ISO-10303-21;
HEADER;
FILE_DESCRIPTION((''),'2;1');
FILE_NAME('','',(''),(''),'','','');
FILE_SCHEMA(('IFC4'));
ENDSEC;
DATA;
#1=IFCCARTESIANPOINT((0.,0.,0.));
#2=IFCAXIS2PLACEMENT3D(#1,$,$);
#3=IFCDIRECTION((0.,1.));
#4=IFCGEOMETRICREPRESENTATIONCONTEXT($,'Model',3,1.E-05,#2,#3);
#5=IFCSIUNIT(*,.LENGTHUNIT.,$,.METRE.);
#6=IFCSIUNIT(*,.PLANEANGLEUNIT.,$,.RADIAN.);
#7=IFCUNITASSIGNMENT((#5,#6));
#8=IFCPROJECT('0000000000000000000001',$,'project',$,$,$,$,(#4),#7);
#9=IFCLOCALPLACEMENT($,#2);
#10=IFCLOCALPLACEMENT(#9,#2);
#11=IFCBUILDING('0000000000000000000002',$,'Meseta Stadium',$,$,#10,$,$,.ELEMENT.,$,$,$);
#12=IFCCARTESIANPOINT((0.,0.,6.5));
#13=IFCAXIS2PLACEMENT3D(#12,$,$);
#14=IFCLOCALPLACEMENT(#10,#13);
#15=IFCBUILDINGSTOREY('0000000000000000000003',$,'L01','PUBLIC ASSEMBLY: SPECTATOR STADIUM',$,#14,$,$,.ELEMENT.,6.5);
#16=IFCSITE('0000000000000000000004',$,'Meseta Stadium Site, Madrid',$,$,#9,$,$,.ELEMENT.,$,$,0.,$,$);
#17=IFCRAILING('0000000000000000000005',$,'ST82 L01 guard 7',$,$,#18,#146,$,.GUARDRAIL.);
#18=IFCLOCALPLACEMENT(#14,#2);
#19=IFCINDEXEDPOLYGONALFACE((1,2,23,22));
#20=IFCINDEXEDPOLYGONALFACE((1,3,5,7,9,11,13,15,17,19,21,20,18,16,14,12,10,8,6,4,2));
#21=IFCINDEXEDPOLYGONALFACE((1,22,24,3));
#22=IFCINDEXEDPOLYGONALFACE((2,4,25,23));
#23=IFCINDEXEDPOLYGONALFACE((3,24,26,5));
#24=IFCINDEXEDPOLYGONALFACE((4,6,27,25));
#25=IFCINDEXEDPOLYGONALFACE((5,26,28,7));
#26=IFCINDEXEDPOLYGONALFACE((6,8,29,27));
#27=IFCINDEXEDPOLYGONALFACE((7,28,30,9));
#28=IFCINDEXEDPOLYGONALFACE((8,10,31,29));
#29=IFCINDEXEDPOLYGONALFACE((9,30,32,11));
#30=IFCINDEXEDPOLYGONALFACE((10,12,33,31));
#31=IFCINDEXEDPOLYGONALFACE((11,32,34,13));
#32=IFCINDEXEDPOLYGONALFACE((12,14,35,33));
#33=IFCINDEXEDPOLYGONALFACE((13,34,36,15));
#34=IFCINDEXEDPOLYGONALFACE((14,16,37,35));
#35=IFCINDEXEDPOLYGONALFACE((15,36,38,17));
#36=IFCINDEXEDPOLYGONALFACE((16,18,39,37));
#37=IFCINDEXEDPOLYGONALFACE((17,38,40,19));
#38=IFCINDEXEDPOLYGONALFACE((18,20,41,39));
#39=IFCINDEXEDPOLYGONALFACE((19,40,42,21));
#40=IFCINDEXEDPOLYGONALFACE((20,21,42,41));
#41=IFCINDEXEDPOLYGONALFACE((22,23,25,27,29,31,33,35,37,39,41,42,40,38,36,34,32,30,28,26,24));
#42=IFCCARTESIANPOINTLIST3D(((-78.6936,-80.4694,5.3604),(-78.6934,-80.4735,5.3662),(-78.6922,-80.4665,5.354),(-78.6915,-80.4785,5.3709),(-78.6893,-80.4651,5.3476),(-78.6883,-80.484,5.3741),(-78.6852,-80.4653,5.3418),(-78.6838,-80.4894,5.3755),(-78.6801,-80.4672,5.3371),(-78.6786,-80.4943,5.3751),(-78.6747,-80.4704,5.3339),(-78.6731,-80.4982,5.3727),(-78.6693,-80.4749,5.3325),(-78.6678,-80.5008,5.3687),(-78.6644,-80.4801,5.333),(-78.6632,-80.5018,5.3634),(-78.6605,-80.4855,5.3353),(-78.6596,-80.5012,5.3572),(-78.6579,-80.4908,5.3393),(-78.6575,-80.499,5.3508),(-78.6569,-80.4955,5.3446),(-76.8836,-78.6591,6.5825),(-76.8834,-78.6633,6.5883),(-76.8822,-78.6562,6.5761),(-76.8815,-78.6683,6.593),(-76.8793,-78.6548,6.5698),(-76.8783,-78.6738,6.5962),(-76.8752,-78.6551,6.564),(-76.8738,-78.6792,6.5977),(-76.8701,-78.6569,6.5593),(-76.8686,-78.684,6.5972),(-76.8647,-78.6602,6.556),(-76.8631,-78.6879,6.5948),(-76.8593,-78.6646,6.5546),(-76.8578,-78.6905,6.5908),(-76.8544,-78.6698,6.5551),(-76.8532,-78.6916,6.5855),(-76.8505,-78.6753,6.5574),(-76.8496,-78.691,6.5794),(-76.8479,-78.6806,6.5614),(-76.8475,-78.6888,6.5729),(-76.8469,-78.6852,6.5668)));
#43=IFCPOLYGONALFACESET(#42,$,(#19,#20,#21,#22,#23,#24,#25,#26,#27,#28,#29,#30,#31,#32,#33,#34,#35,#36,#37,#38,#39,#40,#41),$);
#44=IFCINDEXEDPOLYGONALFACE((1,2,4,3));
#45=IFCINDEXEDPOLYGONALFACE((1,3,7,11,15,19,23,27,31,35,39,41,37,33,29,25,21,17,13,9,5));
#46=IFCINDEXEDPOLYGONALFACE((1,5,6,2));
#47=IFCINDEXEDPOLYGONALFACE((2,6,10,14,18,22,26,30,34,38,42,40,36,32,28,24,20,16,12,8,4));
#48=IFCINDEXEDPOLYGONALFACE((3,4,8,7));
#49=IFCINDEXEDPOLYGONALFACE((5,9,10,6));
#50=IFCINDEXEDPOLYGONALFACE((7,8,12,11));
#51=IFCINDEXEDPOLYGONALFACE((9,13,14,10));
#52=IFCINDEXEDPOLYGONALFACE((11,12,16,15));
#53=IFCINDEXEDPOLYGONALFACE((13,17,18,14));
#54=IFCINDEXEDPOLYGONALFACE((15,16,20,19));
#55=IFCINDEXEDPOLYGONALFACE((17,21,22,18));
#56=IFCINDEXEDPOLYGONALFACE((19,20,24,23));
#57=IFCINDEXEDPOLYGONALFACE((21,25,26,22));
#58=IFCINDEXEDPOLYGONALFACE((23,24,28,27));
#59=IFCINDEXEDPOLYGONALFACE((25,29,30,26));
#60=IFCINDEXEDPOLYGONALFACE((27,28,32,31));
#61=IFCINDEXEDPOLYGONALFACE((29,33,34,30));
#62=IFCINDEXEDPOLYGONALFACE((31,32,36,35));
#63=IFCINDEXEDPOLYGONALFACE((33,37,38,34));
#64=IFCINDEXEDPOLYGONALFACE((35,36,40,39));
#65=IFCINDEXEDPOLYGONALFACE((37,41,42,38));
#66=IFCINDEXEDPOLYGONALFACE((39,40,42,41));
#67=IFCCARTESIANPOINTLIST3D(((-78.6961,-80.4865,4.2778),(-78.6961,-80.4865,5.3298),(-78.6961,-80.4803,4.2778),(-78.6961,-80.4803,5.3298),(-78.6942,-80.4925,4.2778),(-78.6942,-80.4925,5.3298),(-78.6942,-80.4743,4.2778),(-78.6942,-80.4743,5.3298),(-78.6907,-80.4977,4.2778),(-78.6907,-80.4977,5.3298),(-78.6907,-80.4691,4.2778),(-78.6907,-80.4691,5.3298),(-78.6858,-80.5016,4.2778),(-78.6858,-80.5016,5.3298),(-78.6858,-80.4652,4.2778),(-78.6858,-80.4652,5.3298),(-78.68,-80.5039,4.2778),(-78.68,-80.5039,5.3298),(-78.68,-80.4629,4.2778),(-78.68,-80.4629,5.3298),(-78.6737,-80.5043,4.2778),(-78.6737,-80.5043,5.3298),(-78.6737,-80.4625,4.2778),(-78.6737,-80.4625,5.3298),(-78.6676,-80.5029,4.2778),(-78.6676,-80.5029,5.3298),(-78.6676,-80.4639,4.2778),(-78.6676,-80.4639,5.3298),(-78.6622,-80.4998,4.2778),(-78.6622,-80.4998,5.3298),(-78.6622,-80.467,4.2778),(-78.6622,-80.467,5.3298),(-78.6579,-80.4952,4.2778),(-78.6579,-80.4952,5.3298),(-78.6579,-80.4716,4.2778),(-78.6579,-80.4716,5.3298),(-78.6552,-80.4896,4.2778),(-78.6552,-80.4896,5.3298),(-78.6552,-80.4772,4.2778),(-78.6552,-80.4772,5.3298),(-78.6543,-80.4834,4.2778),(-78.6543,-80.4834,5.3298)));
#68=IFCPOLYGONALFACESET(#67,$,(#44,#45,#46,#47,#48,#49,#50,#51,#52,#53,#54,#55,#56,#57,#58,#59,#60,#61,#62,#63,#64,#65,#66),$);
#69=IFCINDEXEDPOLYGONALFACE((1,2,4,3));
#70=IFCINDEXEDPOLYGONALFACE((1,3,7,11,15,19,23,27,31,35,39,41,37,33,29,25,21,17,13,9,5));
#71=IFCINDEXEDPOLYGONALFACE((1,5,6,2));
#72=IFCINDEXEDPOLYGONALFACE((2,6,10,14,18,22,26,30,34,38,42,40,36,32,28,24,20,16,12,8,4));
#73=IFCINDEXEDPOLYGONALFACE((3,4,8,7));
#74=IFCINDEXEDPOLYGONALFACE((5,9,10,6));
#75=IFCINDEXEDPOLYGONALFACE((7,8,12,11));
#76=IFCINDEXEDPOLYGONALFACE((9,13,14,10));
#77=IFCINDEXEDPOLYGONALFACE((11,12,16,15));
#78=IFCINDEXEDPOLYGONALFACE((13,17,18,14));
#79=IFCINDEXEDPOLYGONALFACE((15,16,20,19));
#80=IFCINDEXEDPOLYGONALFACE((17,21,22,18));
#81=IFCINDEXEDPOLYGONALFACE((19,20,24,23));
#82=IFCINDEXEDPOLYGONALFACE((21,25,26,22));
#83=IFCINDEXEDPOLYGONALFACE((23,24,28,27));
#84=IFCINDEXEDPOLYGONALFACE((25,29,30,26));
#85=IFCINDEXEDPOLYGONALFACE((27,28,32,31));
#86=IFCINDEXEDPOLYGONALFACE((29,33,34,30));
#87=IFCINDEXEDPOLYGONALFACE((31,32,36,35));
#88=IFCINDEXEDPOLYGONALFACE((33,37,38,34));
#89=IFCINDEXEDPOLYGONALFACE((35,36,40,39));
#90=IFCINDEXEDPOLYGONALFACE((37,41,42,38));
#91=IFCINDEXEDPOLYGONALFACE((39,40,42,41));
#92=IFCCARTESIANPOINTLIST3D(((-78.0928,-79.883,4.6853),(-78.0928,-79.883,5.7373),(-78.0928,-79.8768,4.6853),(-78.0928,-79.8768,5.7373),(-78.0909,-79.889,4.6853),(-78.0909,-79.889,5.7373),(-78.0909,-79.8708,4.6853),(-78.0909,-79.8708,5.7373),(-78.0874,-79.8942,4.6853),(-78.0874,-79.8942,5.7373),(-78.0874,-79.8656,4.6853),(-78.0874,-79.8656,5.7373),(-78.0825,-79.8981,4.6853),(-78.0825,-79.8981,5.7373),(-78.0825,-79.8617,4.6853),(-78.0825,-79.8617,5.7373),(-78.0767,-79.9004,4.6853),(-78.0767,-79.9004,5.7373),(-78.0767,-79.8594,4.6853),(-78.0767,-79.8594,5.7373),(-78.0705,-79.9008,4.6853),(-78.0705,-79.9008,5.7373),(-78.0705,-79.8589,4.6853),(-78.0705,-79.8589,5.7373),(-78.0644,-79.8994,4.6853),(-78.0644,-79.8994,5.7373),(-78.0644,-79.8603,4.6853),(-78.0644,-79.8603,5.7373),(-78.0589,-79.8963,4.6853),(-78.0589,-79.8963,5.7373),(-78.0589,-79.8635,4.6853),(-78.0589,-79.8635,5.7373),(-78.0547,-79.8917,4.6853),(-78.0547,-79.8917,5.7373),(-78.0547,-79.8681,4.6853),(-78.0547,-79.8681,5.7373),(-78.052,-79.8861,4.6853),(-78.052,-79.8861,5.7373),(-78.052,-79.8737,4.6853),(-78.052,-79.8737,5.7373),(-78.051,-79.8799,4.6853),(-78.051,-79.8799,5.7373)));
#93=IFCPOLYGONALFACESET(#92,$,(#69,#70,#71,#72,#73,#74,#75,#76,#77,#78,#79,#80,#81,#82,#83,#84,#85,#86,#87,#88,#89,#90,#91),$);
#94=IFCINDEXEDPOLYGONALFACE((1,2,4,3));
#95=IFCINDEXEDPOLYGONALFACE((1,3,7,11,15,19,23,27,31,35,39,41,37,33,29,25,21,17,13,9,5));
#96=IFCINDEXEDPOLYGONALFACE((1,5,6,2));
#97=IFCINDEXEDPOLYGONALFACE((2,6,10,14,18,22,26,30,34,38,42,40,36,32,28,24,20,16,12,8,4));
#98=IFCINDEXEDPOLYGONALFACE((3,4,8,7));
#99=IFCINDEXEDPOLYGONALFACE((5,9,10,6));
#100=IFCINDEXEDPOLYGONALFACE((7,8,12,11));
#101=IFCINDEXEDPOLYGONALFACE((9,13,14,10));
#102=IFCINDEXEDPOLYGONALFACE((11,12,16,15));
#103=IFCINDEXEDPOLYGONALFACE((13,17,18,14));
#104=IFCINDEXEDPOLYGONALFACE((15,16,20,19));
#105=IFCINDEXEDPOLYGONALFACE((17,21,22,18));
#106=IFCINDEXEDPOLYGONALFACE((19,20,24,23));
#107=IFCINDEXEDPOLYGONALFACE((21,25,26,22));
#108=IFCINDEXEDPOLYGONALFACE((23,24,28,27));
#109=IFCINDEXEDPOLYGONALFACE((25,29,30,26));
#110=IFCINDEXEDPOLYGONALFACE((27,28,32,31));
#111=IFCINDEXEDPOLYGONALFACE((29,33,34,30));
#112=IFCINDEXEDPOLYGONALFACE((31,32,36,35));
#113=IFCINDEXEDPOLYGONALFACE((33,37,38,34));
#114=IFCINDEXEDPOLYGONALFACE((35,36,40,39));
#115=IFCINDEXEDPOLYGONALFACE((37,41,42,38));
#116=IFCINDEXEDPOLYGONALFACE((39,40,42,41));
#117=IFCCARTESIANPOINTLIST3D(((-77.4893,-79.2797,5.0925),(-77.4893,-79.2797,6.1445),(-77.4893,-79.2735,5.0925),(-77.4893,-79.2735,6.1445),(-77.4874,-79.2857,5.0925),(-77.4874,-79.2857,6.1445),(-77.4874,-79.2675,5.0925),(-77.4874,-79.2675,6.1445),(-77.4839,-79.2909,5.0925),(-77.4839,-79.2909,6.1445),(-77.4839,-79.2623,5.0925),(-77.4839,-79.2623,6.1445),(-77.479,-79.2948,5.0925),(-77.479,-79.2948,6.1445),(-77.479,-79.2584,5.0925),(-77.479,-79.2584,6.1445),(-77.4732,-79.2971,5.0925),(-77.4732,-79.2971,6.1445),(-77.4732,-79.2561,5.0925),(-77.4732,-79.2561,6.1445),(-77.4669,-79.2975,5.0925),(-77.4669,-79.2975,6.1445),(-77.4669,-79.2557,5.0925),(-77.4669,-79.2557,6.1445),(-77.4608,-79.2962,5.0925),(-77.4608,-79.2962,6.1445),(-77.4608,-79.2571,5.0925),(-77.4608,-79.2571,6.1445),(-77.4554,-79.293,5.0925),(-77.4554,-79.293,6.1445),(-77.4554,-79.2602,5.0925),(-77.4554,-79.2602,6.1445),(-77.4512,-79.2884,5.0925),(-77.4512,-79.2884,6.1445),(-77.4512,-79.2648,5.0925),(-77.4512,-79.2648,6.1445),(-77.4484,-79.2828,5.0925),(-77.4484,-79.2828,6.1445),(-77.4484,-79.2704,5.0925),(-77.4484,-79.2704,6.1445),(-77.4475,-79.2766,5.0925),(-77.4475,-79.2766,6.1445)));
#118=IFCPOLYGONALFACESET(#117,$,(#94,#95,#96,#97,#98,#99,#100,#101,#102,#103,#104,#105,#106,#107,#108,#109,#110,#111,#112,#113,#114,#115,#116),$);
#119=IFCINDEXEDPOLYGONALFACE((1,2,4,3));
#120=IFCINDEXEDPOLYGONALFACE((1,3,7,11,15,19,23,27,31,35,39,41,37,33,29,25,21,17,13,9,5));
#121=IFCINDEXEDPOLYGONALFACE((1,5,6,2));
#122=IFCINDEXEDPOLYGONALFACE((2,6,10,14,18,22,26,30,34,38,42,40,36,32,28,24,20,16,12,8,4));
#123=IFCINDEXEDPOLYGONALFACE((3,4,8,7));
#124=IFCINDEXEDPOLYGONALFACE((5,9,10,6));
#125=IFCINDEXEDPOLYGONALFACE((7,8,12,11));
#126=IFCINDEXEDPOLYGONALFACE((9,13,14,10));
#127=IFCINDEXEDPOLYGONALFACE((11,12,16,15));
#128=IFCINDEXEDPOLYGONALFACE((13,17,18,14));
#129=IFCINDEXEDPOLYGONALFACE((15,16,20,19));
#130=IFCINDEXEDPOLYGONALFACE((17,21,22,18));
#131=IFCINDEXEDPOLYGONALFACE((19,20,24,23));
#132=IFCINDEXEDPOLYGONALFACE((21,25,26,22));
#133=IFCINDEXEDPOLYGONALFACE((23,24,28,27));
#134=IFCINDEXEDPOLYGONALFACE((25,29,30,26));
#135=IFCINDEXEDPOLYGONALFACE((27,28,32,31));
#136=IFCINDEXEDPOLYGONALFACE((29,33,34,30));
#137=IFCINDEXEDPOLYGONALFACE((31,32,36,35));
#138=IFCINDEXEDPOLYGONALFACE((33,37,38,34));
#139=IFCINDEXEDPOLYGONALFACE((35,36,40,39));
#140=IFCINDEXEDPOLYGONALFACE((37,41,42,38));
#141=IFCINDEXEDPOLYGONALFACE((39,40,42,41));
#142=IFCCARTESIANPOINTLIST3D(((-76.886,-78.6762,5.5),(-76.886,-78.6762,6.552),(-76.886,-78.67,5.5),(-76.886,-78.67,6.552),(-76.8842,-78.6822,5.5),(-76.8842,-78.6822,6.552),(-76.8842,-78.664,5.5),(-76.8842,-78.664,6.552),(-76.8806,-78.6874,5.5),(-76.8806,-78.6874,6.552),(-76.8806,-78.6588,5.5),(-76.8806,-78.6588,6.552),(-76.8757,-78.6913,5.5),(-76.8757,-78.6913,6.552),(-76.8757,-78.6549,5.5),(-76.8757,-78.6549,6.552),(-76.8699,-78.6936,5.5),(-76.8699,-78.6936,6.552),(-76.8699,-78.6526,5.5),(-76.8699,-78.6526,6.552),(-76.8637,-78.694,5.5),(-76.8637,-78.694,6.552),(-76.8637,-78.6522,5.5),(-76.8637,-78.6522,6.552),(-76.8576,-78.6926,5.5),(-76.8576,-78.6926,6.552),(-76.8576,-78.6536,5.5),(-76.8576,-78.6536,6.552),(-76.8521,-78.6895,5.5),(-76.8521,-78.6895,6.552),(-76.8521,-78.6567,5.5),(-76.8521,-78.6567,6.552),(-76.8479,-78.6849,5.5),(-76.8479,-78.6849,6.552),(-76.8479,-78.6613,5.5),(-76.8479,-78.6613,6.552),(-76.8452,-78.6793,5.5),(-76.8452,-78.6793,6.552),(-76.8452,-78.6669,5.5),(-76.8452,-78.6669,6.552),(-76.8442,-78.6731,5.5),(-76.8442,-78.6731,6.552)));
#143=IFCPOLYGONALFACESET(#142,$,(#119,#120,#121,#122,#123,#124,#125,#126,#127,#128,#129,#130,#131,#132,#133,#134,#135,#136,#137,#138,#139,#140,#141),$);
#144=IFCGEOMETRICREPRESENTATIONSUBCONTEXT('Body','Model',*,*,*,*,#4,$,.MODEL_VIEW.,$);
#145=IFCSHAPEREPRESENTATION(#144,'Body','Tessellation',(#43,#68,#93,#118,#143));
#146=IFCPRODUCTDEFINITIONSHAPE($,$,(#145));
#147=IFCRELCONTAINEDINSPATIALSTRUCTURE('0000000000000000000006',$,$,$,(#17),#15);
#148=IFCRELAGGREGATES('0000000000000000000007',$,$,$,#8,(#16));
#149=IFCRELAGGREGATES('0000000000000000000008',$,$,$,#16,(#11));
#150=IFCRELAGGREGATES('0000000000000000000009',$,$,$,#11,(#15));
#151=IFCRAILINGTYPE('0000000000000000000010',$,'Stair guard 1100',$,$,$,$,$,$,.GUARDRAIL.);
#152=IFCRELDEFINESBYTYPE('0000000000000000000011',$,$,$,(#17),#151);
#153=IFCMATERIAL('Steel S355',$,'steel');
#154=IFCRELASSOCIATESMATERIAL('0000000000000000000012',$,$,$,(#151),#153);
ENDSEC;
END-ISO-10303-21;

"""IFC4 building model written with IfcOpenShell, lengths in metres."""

from ifc_helpers import new_model, si_unit, direction, frame, origin, origin_2d, place, context, subcontext, project, spatial, circle, extrude, material, type_object, element, save


model = new_model("IFC4")

# Units and contexts
model_context = context("Model", 3, precision=1e-05, world=origin(), true_north=direction((0.0, 1.0)))
body_context = subcontext(model_context, "Body", "Model", "MODEL_VIEW")
ifc_project = project(units=[si_unit("LENGTHUNIT", "METRE"), si_unit("PLANEANGLEUNIT", "RADIAN")], contexts=[model_context])

# Site, building, storey
site_placement = place(None, origin())
site = spatial("IfcSite", under=ifc_project, at=site_placement, Name="Meseta Stadium Site, Madrid", CompositionType="ELEMENT", RefElevation=0.0)
building_placement = place(site_placement, origin())
building = spatial("IfcBuilding", under=site, at=building_placement, Name="Meseta Stadium", CompositionType="ELEMENT")
storey_placement = place(building_placement, frame((0.0, 0.0, 6.5)))
storey = spatial("IfcBuildingStorey", under=building, at=storey_placement, Name="L01", Description="PUBLIC ASSEMBLY: SPECTATOR STADIUM", CompositionType="ELEMENT", Elevation=6.5)

# Railing
ifc_material_1 = material(Name="Steel S355", Category="steel")
railing_type_1 = type_object("IfcRailingType", Name="Stair guard 1100", PredefinedType="GUARDRAIL", material=ifc_material_1)
for number, where, name in (
    (1, (-78.6753, -80.4834, 4.2778), "ST82 L01 guard 7"),
):
    element("IfcRailing", number, at=place(storey_placement, frame(where)), inside=storey, type_object=railing_type_1, Name=name, PredefinedType="GUARDRAIL", context=body_context, shape_type="SweptSolid", body=[
        extrude(circle(Radius=0.0239, at=origin_2d()), frame((0.0, 0.0, 1.0762), z_axis=(0.638073, 0.638159, 0.430832), x_axis=(-0.707154, 0.707059, 0.0)), (0.0, 0.0, 1.0), 2.8367),
        extrude(circle(Radius=0.021, at=origin_2d()), origin(), (0.0, 0.0, 1.0), 1.052),
        extrude(circle(Radius=0.021, at=origin_2d()), frame((0.6033, 0.6035, 0.4075)), (0.0, 0.0, 1.0), 1.052),
        extrude(circle(Radius=0.021, at=origin_2d()), frame((1.2068, 1.2068, 0.8147)), (0.0, 0.0, 1.0), 1.052),
        extrude(circle(Radius=0.021, at=origin_2d()), frame((1.8101, 1.8103, 1.2222)), (0.0, 0.0, 1.0), 1.052),
    ])

save(model, "model.ifc")
